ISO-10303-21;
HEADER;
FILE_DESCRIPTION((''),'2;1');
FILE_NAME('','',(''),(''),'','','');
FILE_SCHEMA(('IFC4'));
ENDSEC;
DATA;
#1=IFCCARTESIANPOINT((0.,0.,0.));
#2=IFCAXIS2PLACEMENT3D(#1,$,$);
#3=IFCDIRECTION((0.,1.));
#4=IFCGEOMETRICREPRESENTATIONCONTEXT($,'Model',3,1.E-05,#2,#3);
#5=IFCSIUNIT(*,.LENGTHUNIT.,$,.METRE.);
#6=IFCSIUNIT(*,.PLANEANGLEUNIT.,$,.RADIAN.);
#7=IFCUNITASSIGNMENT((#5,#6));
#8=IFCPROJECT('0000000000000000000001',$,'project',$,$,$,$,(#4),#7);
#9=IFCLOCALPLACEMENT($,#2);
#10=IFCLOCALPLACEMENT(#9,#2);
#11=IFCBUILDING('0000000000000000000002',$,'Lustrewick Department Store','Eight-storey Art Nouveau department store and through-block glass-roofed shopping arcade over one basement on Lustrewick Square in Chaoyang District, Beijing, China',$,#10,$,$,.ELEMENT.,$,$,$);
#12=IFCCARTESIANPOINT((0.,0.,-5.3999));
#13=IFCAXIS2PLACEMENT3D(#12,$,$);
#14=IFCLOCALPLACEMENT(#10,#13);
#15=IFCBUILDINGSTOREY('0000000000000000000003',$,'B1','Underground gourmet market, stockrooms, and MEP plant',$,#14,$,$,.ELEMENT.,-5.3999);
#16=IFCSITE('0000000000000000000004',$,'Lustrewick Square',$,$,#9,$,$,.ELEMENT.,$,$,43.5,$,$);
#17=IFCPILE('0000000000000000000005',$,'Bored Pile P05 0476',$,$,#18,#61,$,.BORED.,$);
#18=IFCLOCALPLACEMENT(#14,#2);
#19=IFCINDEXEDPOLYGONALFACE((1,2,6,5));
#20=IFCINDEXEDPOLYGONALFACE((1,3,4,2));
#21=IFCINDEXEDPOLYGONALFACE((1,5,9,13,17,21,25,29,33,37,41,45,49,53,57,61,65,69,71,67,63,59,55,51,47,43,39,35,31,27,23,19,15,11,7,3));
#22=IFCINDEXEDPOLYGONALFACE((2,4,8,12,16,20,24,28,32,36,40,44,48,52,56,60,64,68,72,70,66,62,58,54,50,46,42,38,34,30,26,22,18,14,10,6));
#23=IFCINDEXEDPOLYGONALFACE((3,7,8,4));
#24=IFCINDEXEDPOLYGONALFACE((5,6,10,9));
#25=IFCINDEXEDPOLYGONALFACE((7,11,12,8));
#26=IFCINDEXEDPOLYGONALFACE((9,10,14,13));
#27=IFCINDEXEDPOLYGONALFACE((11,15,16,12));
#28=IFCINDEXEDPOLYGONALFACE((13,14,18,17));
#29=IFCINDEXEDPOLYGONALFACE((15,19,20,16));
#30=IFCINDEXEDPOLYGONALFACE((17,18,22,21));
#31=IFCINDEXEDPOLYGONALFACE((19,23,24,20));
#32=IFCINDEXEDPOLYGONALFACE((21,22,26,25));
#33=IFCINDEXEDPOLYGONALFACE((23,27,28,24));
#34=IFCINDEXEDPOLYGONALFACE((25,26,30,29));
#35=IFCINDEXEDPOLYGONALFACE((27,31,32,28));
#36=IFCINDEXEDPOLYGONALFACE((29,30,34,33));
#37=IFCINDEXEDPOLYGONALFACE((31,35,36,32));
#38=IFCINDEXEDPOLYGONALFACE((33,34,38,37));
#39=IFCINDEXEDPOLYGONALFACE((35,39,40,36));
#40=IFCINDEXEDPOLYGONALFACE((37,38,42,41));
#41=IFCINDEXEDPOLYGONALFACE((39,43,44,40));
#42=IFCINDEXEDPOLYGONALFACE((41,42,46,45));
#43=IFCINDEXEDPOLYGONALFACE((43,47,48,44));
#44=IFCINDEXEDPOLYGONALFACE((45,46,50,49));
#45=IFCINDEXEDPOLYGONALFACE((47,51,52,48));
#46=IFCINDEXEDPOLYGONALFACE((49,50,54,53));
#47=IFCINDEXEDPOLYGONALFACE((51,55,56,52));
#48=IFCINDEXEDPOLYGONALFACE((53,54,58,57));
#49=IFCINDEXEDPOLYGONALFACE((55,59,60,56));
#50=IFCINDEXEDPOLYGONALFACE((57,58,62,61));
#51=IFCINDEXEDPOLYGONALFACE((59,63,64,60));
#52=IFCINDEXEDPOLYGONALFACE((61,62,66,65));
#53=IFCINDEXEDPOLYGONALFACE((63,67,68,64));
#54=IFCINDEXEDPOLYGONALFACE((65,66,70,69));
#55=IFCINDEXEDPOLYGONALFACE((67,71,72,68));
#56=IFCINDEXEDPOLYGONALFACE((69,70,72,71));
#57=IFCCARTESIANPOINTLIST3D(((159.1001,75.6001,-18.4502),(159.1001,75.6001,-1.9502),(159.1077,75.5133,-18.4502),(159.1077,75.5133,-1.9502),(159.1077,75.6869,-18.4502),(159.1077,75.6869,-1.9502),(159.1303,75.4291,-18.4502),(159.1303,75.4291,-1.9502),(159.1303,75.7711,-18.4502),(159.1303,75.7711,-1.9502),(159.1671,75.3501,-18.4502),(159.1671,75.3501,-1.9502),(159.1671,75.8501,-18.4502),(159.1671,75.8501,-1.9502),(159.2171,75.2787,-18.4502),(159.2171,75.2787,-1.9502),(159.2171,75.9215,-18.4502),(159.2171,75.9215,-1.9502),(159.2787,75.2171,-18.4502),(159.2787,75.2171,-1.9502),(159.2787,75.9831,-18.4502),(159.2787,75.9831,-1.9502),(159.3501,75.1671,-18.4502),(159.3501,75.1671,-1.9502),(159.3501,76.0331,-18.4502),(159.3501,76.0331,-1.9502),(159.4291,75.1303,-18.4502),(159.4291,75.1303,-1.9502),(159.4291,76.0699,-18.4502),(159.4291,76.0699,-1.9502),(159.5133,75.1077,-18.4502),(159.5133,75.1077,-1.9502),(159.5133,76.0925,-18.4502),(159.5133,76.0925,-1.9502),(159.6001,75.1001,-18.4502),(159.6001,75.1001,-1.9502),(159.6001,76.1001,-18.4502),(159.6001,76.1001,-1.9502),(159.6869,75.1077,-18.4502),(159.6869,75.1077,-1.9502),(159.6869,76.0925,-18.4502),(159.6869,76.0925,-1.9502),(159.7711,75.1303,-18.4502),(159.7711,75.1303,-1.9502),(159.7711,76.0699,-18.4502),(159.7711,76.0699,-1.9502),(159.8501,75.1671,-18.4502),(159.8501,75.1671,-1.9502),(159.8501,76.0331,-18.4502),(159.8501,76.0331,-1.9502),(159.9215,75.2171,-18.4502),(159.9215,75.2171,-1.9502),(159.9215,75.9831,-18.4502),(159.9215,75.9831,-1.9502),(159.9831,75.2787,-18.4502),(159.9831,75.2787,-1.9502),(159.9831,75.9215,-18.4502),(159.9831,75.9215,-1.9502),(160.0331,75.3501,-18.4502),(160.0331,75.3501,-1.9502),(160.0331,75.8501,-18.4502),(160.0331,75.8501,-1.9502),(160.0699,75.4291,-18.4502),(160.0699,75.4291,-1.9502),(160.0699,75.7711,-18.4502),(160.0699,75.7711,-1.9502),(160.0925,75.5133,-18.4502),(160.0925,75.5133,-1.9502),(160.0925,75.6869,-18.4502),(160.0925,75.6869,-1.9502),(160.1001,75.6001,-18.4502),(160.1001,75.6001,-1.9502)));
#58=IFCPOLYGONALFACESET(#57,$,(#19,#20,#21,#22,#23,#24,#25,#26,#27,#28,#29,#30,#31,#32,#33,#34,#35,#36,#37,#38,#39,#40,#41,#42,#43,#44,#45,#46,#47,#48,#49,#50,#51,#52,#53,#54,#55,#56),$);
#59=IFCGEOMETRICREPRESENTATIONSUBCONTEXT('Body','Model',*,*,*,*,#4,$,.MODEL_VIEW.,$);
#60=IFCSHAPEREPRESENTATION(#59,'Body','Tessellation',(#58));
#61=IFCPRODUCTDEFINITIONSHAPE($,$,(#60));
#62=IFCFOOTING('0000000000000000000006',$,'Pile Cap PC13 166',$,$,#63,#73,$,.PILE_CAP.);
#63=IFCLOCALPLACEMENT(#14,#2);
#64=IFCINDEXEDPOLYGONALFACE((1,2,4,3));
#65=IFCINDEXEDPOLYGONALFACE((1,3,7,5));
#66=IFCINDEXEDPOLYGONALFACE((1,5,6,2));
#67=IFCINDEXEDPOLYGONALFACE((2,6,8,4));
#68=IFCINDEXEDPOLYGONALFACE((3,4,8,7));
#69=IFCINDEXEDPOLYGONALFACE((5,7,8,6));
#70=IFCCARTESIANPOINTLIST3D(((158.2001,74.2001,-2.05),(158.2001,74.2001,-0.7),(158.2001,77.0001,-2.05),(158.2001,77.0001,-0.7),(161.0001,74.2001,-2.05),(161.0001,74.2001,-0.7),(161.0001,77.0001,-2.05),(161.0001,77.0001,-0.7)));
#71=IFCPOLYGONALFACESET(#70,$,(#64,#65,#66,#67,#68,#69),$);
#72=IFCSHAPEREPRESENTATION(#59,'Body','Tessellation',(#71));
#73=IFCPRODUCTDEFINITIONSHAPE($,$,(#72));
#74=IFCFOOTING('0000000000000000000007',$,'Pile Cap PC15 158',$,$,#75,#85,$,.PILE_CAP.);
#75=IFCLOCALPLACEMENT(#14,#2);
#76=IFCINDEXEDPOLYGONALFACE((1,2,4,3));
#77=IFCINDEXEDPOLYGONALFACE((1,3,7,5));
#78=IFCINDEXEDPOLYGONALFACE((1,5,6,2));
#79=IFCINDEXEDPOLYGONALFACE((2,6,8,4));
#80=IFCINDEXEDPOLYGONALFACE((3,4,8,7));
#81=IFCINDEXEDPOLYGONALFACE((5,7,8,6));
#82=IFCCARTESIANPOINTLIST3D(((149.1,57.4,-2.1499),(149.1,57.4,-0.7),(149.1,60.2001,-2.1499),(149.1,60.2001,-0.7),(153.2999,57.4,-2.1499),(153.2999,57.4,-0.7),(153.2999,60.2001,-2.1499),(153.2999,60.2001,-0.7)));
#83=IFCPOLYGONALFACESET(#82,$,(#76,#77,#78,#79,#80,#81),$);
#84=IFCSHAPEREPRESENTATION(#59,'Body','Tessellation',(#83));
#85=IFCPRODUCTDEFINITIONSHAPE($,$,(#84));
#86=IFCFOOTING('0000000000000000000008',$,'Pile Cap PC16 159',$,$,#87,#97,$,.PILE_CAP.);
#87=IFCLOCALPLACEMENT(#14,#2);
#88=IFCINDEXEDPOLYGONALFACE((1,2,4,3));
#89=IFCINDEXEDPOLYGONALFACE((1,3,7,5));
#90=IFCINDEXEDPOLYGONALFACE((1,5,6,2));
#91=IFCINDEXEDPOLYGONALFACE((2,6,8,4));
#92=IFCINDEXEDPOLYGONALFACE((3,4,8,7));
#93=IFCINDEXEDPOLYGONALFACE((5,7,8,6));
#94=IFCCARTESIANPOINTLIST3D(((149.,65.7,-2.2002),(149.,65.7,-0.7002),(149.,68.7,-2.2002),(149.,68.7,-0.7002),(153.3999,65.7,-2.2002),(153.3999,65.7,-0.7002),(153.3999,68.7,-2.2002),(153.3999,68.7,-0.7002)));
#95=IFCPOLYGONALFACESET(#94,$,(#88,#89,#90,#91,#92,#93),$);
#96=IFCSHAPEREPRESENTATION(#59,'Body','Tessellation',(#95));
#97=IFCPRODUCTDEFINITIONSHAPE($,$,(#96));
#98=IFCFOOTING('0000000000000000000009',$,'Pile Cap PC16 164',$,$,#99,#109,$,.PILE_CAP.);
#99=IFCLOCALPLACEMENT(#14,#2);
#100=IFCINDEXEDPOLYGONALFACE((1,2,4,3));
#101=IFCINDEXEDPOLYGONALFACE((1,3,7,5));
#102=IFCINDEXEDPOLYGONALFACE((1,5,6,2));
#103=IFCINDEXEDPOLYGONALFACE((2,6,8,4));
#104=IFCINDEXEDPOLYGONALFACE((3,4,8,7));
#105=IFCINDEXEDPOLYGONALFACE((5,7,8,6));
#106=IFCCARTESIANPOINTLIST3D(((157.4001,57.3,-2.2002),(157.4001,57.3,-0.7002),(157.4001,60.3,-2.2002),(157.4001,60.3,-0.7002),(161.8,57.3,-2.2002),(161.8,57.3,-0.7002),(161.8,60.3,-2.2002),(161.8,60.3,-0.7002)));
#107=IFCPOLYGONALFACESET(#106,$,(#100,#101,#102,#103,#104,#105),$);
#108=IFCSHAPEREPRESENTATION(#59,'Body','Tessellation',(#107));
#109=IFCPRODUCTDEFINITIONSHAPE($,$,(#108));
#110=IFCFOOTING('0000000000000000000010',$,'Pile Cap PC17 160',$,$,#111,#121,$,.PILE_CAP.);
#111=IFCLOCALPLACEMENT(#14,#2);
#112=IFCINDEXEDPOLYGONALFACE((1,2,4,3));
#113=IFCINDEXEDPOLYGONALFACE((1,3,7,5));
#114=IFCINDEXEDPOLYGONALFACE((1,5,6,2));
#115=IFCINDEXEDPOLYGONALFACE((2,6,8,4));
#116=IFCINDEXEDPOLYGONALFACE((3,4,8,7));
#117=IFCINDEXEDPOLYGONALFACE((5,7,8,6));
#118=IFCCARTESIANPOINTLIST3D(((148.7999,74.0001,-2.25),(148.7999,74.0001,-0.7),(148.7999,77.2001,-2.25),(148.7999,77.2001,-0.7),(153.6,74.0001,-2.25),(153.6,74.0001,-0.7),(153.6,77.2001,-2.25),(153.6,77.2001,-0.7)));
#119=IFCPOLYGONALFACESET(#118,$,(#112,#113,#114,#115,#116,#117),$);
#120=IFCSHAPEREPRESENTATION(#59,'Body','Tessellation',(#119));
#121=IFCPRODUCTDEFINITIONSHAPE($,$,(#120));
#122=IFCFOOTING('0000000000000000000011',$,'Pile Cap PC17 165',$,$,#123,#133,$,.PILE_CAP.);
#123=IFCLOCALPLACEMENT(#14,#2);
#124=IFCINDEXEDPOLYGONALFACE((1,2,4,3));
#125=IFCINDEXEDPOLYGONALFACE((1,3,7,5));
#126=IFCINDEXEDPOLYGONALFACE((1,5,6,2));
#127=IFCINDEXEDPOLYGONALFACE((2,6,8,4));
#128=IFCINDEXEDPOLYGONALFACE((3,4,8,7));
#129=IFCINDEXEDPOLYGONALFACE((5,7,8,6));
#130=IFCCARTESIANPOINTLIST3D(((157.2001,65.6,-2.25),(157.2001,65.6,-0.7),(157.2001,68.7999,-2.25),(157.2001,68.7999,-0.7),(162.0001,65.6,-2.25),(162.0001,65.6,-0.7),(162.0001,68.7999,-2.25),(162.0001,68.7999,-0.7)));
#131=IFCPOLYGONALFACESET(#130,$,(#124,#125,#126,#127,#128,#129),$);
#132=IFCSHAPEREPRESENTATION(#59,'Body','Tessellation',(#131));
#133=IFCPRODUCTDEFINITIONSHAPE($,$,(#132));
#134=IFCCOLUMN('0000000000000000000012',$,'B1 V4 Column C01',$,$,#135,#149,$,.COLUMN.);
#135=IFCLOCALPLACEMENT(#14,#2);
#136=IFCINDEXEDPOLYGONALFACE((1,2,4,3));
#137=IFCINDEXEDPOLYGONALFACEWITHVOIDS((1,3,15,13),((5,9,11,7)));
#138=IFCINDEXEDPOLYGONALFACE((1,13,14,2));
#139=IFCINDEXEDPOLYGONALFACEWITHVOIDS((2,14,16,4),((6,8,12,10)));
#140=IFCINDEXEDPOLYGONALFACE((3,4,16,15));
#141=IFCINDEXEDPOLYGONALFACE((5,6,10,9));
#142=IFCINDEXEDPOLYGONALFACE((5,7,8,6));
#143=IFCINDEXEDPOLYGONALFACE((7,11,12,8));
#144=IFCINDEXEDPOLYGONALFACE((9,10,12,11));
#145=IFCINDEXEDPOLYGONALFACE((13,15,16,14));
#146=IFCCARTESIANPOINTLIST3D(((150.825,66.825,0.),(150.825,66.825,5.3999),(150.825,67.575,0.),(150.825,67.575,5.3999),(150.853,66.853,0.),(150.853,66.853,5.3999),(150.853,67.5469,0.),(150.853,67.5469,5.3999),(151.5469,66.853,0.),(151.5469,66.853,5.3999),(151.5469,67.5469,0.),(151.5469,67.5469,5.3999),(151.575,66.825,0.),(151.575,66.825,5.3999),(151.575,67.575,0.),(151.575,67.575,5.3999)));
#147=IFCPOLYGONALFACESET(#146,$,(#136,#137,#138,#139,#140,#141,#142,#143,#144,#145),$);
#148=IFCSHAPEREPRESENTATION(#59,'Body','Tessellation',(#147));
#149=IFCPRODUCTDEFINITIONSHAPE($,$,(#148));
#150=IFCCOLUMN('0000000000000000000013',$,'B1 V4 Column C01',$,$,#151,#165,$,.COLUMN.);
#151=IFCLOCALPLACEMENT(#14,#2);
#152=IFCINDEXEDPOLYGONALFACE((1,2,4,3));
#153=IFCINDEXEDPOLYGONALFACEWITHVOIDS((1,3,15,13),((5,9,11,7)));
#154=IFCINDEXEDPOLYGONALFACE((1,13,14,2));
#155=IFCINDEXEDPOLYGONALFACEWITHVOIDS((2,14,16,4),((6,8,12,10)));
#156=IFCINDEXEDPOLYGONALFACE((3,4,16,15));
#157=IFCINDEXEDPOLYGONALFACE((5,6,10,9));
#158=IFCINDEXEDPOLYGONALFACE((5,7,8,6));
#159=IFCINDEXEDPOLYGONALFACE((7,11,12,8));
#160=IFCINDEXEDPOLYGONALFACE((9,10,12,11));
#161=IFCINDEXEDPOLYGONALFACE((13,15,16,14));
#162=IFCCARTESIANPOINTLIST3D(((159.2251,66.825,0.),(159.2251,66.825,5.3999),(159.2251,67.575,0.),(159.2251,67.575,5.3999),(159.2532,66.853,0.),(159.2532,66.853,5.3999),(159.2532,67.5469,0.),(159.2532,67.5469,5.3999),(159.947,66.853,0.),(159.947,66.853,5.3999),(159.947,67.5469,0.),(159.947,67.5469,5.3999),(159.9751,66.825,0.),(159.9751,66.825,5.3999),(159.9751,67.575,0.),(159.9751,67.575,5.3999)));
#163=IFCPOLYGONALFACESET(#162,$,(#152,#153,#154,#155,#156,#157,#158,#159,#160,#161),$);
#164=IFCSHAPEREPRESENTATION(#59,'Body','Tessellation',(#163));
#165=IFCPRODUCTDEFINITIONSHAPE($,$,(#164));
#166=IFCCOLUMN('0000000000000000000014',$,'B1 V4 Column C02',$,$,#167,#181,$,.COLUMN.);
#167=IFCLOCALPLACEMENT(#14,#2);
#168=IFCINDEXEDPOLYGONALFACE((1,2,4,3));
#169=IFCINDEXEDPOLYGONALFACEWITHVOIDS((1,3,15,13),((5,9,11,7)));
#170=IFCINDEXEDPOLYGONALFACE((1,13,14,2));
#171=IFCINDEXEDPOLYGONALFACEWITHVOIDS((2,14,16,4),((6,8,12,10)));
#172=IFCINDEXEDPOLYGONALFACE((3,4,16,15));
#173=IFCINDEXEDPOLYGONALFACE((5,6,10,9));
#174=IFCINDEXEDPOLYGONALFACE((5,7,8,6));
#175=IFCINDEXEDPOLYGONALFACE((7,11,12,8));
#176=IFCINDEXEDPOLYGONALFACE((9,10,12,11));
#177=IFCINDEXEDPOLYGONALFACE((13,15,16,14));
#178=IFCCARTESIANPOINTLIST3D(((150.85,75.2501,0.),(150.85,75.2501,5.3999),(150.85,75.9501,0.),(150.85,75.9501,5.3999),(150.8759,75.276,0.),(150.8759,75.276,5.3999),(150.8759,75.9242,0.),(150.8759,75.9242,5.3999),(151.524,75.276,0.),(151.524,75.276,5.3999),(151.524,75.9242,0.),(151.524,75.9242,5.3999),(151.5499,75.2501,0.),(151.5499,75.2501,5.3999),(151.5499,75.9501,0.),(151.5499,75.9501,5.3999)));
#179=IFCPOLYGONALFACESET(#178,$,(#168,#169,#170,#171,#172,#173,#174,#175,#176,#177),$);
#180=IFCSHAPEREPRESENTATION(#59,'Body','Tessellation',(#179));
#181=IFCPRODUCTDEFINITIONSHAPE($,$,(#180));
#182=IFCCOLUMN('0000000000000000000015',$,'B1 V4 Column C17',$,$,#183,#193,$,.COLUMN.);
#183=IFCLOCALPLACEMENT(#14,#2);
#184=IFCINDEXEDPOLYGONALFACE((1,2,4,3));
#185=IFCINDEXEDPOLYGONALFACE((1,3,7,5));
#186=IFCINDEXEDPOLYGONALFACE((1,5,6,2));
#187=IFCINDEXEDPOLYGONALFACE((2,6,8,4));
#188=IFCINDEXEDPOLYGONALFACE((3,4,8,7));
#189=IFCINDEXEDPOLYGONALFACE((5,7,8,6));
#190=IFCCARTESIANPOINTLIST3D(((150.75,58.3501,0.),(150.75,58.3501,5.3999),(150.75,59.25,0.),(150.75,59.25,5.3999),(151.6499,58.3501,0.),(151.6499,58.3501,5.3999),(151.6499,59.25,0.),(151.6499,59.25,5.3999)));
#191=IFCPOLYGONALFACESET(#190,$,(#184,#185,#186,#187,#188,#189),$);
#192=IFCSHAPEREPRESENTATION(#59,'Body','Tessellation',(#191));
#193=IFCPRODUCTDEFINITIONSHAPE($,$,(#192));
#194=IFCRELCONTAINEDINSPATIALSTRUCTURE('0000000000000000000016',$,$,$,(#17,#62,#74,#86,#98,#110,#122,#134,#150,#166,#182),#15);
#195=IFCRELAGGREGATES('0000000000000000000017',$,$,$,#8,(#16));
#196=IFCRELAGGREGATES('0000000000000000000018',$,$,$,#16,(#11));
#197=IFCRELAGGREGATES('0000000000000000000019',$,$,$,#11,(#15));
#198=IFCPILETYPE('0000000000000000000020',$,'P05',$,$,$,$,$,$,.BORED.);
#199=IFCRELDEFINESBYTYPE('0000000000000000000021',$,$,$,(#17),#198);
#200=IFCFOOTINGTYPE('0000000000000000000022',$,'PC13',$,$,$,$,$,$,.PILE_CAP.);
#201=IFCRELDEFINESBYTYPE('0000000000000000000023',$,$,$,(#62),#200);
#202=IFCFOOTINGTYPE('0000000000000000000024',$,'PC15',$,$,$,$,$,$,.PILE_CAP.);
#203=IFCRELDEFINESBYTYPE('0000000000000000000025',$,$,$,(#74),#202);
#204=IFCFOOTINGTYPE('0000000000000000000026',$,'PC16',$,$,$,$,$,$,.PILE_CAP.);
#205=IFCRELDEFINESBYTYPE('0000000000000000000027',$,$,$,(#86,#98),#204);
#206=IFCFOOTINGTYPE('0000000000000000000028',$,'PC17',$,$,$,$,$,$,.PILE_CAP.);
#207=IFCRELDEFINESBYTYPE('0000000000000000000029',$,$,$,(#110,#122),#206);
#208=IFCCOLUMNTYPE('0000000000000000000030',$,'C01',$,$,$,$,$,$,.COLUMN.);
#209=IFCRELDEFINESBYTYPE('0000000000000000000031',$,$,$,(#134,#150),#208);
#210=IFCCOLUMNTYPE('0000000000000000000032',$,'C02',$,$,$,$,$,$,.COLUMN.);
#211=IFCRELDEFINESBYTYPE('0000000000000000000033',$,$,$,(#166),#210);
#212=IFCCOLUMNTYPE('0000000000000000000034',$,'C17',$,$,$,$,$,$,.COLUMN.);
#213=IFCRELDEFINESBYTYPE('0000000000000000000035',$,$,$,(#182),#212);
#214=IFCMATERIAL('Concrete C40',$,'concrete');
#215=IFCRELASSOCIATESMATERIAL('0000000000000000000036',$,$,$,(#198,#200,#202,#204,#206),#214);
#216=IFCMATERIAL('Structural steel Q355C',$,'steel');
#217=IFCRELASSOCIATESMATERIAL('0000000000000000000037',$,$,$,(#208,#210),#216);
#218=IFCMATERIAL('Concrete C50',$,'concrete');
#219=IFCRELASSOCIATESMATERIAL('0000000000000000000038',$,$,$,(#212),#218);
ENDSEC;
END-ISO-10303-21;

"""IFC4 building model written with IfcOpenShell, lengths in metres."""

from ifc_helpers import new_model, si_unit, direction, frame, origin, origin_2d, place, context, subcontext, project, spatial, rectangle, hollow_rectangle, circle, extrude, material, material_profile, profile_set, type_object, element, save


model = new_model("IFC4")

# Units and contexts
model_context = context("Model", 3, precision=1e-05, world=origin(), true_north=direction((0.0, 1.0)))
body_context = subcontext(model_context, "Body", "Model", "MODEL_VIEW")
ifc_project = project(units=[si_unit("LENGTHUNIT", "METRE"), si_unit("PLANEANGLEUNIT", "RADIAN")], contexts=[model_context])

# Site, building, storey
site_placement = place(None, origin())
site = spatial("IfcSite", under=ifc_project, at=site_placement, Name="Lustrewick Square", CompositionType="ELEMENT", RefElevation=43.5)
building_placement = place(site_placement, origin())
building = spatial("IfcBuilding", under=site, at=building_placement, Name="Lustrewick Department Store", Description="Eight-storey Art Nouveau department store and through-block glass-roofed shopping arcade over one basement on Lustrewick Square in Chaoyang District, Beijing, China", CompositionType="ELEMENT")
storey_placement = place(building_placement, frame((0.0, 0.0, -5.3999)))
storey = spatial("IfcBuildingStorey", under=building, at=storey_placement, Name="B1", Description="Underground gourmet market, stockrooms, and MEP plant", CompositionType="ELEMENT", Elevation=-5.3999)

# Pile
ifc_material_1 = material(Name="Concrete C40", Category="concrete")
ifc_material_profile_1 = material_profile(ifc_material_1, circle(Radius=0.5, at=origin_2d()), Name="PILE D1000")
ifc_profile_set_1 = profile_set([ifc_material_profile_1], Name="Concrete C40")
pile_type_1 = type_object("IfcPileType", Name="P05", PredefinedType="BORED", material=ifc_profile_set_1)
pile_placement = place(storey_placement, frame((159.6001, 75.6001, -1.9502), z_axis=(0.0, 0.0, -1.0), x_axis=(1.0, 0.0, 0.0)))
element("IfcPile", 1, at=pile_placement, inside=storey, type_object=pile_type_1, Name="Bored Pile P05 0476", PredefinedType="BORED", context=body_context, shape_type="SweptSolid", body=[
    extrude(circle(Radius=0.5, at=origin_2d()), origin(), (0.0, 0.0, 1.0), 16.5),
])

# Footings
footing_type_1 = type_object("IfcFootingType", Name="PC13", PredefinedType="PILE_CAP", material=ifc_material_1)
footing_1_placement = place(storey_placement, frame((159.6001, 75.6001, -2.05), z_axis=(0.0, 0.0, 1.0), x_axis=(1.0, 0.0, 0.0)))
element("IfcFooting", 2, at=footing_1_placement, inside=storey, type_object=footing_type_1, Name="Pile Cap PC13 166", PredefinedType="PILE_CAP", context=body_context, shape_type="SweptSolid", body=[
    extrude(rectangle(XDim=2.8, YDim=2.8, at=origin_2d()), origin(), (0.0, 0.0, 1.0), 1.3501),
])
footing_type_2 = type_object("IfcFootingType", Name="PC15", PredefinedType="PILE_CAP", material=ifc_material_1)
footing_2_placement = place(storey_placement, frame((151.2, 58.8, -2.1499), z_axis=(0.0, 0.0, 1.0), x_axis=(1.0, 0.0, 0.0)))
element("IfcFooting", 3, at=footing_2_placement, inside=storey, type_object=footing_type_2, Name="Pile Cap PC15 158", PredefinedType="PILE_CAP", context=body_context, shape_type="SweptSolid", body=[
    extrude(rectangle(XDim=4.2, YDim=2.8, at=origin_2d()), origin(), (0.0, 0.0, 1.0), 1.45),
])
footing_type_3 = type_object("IfcFootingType", Name="PC16", PredefinedType="PILE_CAP", material=ifc_material_1)
for number, where, z_axis, x_axis, name in (
    (4, (151.2, 67.2, -2.2002), (0.0, 0.0, 1.0), (1.0, 0.0, 0.0), "Pile Cap PC16 159"),
    (5, (159.6001, 58.8, -2.2002), (0.0, 0.0, 1.0), (1.0, 0.0, 0.0), "Pile Cap PC16 164"),
):
    element("IfcFooting", number, at=place(storey_placement, frame(where, z_axis=z_axis, x_axis=x_axis)), inside=storey, type_object=footing_type_3, Name=name, PredefinedType="PILE_CAP", context=body_context, shape_type="SweptSolid", body=[
        extrude(rectangle(XDim=4.3999, YDim=3.0, at=origin_2d()), origin(), (0.0, 0.0, 1.0), 1.5),
    ])
footing_type_4 = type_object("IfcFootingType", Name="PC17", PredefinedType="PILE_CAP", material=ifc_material_1)
for number, where, z_axis, x_axis, name in (
    (6, (151.2, 75.6001, -2.25), (0.0, 0.0, 1.0), (1.0, 0.0, 0.0), "Pile Cap PC17 160"),
    (7, (159.6001, 67.2, -2.25), (0.0, 0.0, 1.0), (1.0, 0.0, 0.0), "Pile Cap PC17 165"),
):
    element("IfcFooting", number, at=place(storey_placement, frame(where, z_axis=z_axis, x_axis=x_axis)), inside=storey, type_object=footing_type_4, Name=name, PredefinedType="PILE_CAP", context=body_context, shape_type="SweptSolid", body=[
        extrude(rectangle(XDim=4.8, YDim=3.2, at=origin_2d()), origin(), (0.0, 0.0, 1.0), 1.55),
    ])

# Columns
ifc_material_2 = material(Name="Structural steel Q355C", Category="steel")
ifc_material_profile_2 = material_profile(ifc_material_2, hollow_rectangle(XDim=0.75, YDim=0.75, WallThickness=0.0281, at=origin_2d()), Name="BOX 750x750x28")
ifc_profile_set_2 = profile_set([ifc_material_profile_2], Name="Structural steel Q355C")
column_type_1 = type_object("IfcColumnType", Name="C01", PredefinedType="COLUMN", material=ifc_profile_set_2)
for number, where, z_axis, x_axis, name in (
    (8, (151.2, 67.2, 0.0), (0.0, 0.0, 1.0), (1.0, 0.0, 0.0), "B1 V4 Column C01"),
    (9, (159.6001, 67.2, 0.0), (0.0, 0.0, 1.0), (1.0, 0.0, 0.0), "B1 V4 Column C01"),
):
    element("IfcColumn", number, at=place(storey_placement, frame(where, z_axis=z_axis, x_axis=x_axis)), inside=storey, type_object=column_type_1, Name=name, PredefinedType="COLUMN", context=body_context, shape_type="SweptSolid", body=[
        extrude(hollow_rectangle(XDim=0.75, YDim=0.75, WallThickness=0.0281, at=origin_2d()), origin(), (0.0, 0.0, 1.0), 5.3999),
    ])
ifc_material_profile_3 = material_profile(ifc_material_2, hollow_rectangle(XDim=0.7, YDim=0.7, WallThickness=0.0259, at=origin_2d()), Name="BOX 700x700x26")
ifc_profile_set_3 = profile_set([ifc_material_profile_3], Name="Structural steel Q355C")
column_type_2 = type_object("IfcColumnType", Name="C02", PredefinedType="COLUMN", material=ifc_profile_set_3)
column_placement = place(storey_placement, frame((151.2, 75.6001, 0.0), z_axis=(0.0, 0.0, 1.0), x_axis=(1.0, 0.0, 0.0)))
element("IfcColumn", 10, at=column_placement, inside=storey, type_object=column_type_2, Name="B1 V4 Column C02", PredefinedType="COLUMN", context=body_context, shape_type="SweptSolid", body=[
    extrude(hollow_rectangle(XDim=0.7, YDim=0.7, WallThickness=0.0259, at=origin_2d()), origin(), (0.0, 0.0, 1.0), 5.3999),
])
ifc_material_3 = material(Name="Concrete C50", Category="concrete")
ifc_material_profile_4 = material_profile(ifc_material_3, rectangle(XDim=0.8999, YDim=0.8999, at=origin_2d()), Name="RC 900x900")
ifc_profile_set_4 = profile_set([ifc_material_profile_4], Name="Concrete C50")
column_type_3 = type_object("IfcColumnType", Name="C17", PredefinedType="COLUMN", material=ifc_profile_set_4)
for number, where, z_axis, x_axis, name in (
    (11, (151.2, 58.8, 0.0), (0.0, 0.0, 1.0), (1.0, 0.0, 0.0), "B1 V4 Column C17"),
):
    element("IfcColumn", number, at=place(storey_placement, frame(where, z_axis=z_axis, x_axis=x_axis)), inside=storey, type_object=column_type_3, Name=name, PredefinedType="COLUMN", context=body_context, shape_type="SweptSolid", body=[
        extrude(rectangle(XDim=0.8999, YDim=0.8999, at=origin_2d()), origin(), (0.0, 0.0, 1.0), 5.3999),
    ])

save(model, "model.ifc")
